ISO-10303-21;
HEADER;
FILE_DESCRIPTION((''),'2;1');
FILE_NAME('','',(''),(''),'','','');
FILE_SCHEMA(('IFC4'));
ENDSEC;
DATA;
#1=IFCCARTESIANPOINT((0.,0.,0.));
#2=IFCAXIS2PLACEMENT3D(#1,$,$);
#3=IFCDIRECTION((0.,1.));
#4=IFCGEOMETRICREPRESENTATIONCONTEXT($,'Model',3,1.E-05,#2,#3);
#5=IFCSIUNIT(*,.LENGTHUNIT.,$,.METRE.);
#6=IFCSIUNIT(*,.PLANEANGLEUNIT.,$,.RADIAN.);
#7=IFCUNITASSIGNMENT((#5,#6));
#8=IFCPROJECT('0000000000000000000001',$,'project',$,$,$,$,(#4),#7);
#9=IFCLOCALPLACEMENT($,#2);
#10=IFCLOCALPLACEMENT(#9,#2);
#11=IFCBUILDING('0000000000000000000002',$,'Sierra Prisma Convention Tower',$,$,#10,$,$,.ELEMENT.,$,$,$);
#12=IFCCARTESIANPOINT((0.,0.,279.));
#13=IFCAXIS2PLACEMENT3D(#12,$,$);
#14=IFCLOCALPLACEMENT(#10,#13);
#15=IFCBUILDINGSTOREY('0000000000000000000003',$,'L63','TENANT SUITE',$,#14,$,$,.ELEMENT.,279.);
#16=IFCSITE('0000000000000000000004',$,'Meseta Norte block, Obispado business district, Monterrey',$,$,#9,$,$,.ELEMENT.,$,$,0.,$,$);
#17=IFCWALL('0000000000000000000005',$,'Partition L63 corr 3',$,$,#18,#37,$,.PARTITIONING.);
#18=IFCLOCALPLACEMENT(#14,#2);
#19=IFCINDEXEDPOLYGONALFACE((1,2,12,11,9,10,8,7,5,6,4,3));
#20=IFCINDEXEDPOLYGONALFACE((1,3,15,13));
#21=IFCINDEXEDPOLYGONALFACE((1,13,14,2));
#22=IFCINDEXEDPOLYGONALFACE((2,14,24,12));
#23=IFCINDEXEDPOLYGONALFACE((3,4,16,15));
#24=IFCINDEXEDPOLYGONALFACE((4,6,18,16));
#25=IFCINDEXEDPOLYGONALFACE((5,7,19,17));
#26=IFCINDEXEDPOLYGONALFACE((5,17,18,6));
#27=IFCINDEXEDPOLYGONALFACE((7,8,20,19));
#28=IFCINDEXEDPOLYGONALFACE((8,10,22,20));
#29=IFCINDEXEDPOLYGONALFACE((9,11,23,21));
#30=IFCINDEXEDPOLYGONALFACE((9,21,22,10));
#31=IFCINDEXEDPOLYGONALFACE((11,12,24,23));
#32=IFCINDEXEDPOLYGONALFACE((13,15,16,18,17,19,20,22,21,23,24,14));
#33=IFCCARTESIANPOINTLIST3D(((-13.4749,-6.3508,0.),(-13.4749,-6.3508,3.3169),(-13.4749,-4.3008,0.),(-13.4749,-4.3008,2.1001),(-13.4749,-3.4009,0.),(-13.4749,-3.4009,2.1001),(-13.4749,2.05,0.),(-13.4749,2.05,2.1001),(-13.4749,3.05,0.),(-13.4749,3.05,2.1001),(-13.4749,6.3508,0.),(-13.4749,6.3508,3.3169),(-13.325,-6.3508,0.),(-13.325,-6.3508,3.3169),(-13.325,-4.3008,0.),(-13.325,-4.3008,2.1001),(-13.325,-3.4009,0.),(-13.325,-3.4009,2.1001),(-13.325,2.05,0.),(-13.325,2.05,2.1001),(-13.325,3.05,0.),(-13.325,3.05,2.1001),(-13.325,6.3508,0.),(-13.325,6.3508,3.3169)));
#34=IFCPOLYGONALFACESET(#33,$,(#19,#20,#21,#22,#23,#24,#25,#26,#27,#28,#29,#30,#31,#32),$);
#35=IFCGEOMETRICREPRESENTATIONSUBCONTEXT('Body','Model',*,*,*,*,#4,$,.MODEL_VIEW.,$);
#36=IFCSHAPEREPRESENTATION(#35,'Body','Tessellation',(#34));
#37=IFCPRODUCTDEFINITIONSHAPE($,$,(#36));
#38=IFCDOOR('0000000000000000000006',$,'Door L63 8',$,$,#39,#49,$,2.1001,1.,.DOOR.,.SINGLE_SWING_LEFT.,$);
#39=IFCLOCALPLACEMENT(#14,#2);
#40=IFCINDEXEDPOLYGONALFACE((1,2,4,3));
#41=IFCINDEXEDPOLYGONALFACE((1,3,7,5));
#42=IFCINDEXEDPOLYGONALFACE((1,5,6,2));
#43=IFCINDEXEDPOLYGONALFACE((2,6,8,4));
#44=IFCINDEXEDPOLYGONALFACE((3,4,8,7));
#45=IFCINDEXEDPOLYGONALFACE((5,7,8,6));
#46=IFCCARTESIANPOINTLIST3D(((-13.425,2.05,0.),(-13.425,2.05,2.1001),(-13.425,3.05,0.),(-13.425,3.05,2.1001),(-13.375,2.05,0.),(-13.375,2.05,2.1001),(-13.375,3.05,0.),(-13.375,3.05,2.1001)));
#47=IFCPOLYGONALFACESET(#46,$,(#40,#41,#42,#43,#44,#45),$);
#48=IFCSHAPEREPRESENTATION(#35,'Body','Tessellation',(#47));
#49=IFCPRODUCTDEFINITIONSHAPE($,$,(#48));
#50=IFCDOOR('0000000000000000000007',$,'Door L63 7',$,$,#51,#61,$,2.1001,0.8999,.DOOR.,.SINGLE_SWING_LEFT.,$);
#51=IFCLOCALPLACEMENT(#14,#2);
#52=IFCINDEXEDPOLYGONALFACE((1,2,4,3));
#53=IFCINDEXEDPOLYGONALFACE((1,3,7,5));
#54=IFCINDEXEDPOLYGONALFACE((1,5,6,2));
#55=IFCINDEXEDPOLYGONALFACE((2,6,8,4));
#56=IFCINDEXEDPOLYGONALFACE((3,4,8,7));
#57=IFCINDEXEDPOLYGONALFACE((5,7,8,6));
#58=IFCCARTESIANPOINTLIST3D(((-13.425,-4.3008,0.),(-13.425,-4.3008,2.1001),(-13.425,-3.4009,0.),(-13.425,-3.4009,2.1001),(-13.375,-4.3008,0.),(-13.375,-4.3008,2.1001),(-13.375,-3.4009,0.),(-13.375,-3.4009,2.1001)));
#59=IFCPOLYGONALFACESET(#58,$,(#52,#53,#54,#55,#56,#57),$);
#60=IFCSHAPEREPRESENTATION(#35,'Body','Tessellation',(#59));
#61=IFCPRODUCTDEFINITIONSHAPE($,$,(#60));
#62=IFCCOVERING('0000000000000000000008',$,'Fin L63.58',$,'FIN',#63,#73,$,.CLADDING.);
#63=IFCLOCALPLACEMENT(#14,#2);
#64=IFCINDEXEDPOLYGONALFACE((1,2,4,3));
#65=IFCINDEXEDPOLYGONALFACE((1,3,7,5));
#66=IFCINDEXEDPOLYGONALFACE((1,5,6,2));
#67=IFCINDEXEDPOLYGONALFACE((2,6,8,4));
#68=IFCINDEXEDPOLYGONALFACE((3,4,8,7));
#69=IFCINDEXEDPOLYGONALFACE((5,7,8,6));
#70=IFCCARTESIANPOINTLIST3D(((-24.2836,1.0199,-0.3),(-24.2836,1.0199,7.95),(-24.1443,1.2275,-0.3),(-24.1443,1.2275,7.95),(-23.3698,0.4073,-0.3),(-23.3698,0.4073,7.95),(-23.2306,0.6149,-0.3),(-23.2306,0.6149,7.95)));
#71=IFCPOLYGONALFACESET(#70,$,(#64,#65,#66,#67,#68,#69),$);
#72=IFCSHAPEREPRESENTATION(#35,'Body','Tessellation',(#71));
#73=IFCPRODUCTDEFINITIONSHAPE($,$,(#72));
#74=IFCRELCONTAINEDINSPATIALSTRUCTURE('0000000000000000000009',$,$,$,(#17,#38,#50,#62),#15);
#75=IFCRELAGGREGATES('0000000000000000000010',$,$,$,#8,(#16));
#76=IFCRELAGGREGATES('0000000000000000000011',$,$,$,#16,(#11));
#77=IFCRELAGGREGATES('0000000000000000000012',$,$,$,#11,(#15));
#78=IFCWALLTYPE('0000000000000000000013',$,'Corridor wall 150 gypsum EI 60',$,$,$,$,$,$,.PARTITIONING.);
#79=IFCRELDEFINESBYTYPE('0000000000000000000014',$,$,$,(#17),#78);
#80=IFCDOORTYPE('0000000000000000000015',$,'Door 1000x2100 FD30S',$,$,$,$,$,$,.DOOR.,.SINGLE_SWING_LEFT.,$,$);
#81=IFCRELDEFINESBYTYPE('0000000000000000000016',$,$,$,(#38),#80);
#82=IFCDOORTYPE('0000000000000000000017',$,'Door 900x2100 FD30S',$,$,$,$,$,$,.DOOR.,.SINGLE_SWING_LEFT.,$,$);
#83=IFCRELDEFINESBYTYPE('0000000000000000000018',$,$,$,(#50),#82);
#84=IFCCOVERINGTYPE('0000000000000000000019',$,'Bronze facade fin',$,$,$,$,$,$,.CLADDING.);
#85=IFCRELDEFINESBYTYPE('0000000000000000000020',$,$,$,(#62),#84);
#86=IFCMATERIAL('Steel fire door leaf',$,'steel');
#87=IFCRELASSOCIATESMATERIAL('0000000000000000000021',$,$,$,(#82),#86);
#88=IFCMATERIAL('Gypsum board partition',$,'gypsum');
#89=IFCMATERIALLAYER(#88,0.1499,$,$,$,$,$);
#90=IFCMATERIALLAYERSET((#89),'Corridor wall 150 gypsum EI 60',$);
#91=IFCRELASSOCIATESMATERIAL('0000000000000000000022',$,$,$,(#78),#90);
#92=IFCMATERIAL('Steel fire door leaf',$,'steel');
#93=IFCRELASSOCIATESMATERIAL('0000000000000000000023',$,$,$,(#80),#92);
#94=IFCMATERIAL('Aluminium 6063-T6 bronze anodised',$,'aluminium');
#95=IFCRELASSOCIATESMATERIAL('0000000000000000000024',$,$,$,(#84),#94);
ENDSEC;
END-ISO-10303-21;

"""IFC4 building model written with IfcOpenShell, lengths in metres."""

from ifc_helpers import new_model, si_unit, direction, frame, frame_2d, origin, origin_2d, place, context, subcontext, project, spatial, rectangle, extrude, material, layer, layer_set, material_profile, profile_set, type_object, element, fill, save


model = new_model("IFC4")

# Units and contexts
model_context = context("Model", 3, precision=1e-05, world=origin(), true_north=direction((0.0, 1.0)))
body_context = subcontext(model_context, "Body", "Model", "MODEL_VIEW")
ifc_project = project(units=[si_unit("LENGTHUNIT", "METRE"), si_unit("PLANEANGLEUNIT", "RADIAN")], contexts=[model_context])

# Site, building, storey
site_placement = place(None, origin())
site = spatial("IfcSite", under=ifc_project, at=site_placement, Name="Meseta Norte block, Obispado business district, Monterrey", CompositionType="ELEMENT", RefElevation=0.0)
building_placement = place(site_placement, origin())
building = spatial("IfcBuilding", under=site, at=building_placement, Name="Sierra Prisma Convention Tower", CompositionType="ELEMENT")
storey_placement = place(building_placement, frame((0.0, 0.0, 279.0)))
storey = spatial("IfcBuildingStorey", under=building, at=storey_placement, Name="L63", Description="TENANT SUITE", CompositionType="ELEMENT", Elevation=279.0)

# Shared definitions
ifc_material_1 = material(Name="Steel fire door leaf", Category="steel")
door_type_1 = type_object("IfcDoorType", Name="Door 900x2100 FD30S", OperationType="SINGLE_SWING_LEFT", PredefinedType="DOOR", material=ifc_material_1)

# Wall, openings, doors
ifc_material_2 = material(Name="Gypsum board partition", Category="gypsum")
ifc_layer_1 = layer(ifc_material_2, 0.1499)
ifc_layer_set_1 = layer_set([ifc_layer_1], Name="Corridor wall 150 gypsum EI 60")
wall_type_1 = type_object("IfcWallType", Name="Corridor wall 150 gypsum EI 60", PredefinedType="PARTITIONING", material=ifc_layer_set_1)
wall_1_placement = place(storey_placement, frame((-13.3999, 6.3508, 0.0), z_axis=(0.0, 0.0, 1.0), x_axis=(0.0, -1.0, 0.0)))
wall_1 = element("IfcWall", 1, at=wall_1_placement, inside=storey, type_object=wall_type_1, Name="Partition L63 corr 3", PredefinedType="PARTITIONING", context=body_context, shape_type="SweptSolid", body=[
    extrude(rectangle(XDim=12.7017, YDim=0.1499, at=frame_2d((6.3508, 0.0))), origin(), (0.0, 0.0, 1.0), 3.3169),
])
opening_1_placement = place(wall_1_placement, frame((9.7517, 0.0, 0.0)))
opening_1 = element("IfcOpeningElement", 2, at=opening_1_placement, cuts=wall_1, PredefinedType="OPENING", context=body_context, shape_type="SweptSolid", body=[
    extrude(rectangle(XDim=0.8999, YDim=2.1001, at=frame_2d((0.45, 1.05))), frame((0.0, 0.075, 0.0), z_axis=(0.0, -1.0, 0.0), x_axis=(1.0, 0.0, 0.0)), (0.0, 0.0, 1.0), 0.1499),
])
opening_2_placement = place(wall_1_placement, frame((3.3008, 0.0, 0.0)))
opening_2 = element("IfcOpeningElement", 3, at=opening_2_placement, cuts=wall_1, PredefinedType="OPENING", context=body_context, shape_type="SweptSolid", body=[
    extrude(rectangle(XDim=1.0, YDim=2.1001, at=frame_2d((0.5, 1.05))), frame((0.0, 0.075, 0.0), z_axis=(0.0, -1.0, 0.0), x_axis=(1.0, 0.0, 0.0)), (0.0, 0.0, 1.0), 0.1499),
])
ifc_material_3 = material(Name="Steel fire door leaf", Category="steel")
door_type_2 = type_object("IfcDoorType", Name="Door 1000x2100 FD30S", OperationType="SINGLE_SWING_LEFT", PredefinedType="DOOR", material=ifc_material_3)
door_1_placement = place(opening_2_placement, origin())
door_1 = element("IfcDoor", 4, at=door_1_placement, inside=storey, type_object=door_type_2, Name="Door L63 8", OperationType="SINGLE_SWING_LEFT", OverallHeight=2.1001, OverallWidth=1.0, PredefinedType="DOOR", context=body_context, shape_type="SweptSolid", body=[
    extrude(rectangle(XDim=1.0, YDim=2.1001, at=frame_2d((0.5, 1.05))), frame((0.0, 0.0249, 0.0), z_axis=(0.0, -1.0, 0.0), x_axis=(1.0, 0.0, 0.0)), (0.0, 0.0, 1.0), 0.05),
])
fill(opening_2, door_1)
door_2_placement = place(opening_1_placement, origin())
door_2 = element("IfcDoor", 5, at=door_2_placement, inside=storey, type_object=door_type_1, Name="Door L63 7", OperationType="SINGLE_SWING_LEFT", OverallHeight=2.1001, OverallWidth=0.8999, PredefinedType="DOOR", context=body_context, shape_type="SweptSolid", body=[
    extrude(rectangle(XDim=0.8999, YDim=2.1001, at=frame_2d((0.45, 1.05))), frame((0.0, 0.0249, 0.0), z_axis=(0.0, -1.0, 0.0), x_axis=(1.0, 0.0, 0.0)), (0.0, 0.0, 1.0), 0.05),
])
fill(opening_1, door_2)

# Covering
ifc_material_4 = material(Name="Aluminium 6063-T6 bronze anodised", Category="aluminium")
ifc_material_profile_1 = material_profile(ifc_material_4, rectangle(XDim=1.1001, YDim=0.25, at=origin_2d()), Name="ALU FIN 1100x250")
ifc_profile_set_1 = profile_set([ifc_material_profile_1], Name="Aluminium 6063-T6 bronze anodised")
covering_type = type_object("IfcCoveringType", Name="Bronze facade fin", PredefinedType="CLADDING", material=ifc_profile_set_1)
covering_placement = place(storey_placement, frame((-23.7571, 0.8174, -0.3), z_axis=(0.0, 0.0, 1.0), x_axis=(-0.830604, 0.556863, 0.0)))
element("IfcCovering", 6, at=covering_placement, inside=storey, type_object=covering_type, Name="Fin L63.58", ObjectType="FIN", PredefinedType="CLADDING", context=body_context, shape_type="SweptSolid", body=[
    extrude(rectangle(XDim=1.1001, YDim=0.25, at=origin_2d()), origin(), (0.0, 0.0, 1.0), 8.25),
])

save(model, "model.ifc")
